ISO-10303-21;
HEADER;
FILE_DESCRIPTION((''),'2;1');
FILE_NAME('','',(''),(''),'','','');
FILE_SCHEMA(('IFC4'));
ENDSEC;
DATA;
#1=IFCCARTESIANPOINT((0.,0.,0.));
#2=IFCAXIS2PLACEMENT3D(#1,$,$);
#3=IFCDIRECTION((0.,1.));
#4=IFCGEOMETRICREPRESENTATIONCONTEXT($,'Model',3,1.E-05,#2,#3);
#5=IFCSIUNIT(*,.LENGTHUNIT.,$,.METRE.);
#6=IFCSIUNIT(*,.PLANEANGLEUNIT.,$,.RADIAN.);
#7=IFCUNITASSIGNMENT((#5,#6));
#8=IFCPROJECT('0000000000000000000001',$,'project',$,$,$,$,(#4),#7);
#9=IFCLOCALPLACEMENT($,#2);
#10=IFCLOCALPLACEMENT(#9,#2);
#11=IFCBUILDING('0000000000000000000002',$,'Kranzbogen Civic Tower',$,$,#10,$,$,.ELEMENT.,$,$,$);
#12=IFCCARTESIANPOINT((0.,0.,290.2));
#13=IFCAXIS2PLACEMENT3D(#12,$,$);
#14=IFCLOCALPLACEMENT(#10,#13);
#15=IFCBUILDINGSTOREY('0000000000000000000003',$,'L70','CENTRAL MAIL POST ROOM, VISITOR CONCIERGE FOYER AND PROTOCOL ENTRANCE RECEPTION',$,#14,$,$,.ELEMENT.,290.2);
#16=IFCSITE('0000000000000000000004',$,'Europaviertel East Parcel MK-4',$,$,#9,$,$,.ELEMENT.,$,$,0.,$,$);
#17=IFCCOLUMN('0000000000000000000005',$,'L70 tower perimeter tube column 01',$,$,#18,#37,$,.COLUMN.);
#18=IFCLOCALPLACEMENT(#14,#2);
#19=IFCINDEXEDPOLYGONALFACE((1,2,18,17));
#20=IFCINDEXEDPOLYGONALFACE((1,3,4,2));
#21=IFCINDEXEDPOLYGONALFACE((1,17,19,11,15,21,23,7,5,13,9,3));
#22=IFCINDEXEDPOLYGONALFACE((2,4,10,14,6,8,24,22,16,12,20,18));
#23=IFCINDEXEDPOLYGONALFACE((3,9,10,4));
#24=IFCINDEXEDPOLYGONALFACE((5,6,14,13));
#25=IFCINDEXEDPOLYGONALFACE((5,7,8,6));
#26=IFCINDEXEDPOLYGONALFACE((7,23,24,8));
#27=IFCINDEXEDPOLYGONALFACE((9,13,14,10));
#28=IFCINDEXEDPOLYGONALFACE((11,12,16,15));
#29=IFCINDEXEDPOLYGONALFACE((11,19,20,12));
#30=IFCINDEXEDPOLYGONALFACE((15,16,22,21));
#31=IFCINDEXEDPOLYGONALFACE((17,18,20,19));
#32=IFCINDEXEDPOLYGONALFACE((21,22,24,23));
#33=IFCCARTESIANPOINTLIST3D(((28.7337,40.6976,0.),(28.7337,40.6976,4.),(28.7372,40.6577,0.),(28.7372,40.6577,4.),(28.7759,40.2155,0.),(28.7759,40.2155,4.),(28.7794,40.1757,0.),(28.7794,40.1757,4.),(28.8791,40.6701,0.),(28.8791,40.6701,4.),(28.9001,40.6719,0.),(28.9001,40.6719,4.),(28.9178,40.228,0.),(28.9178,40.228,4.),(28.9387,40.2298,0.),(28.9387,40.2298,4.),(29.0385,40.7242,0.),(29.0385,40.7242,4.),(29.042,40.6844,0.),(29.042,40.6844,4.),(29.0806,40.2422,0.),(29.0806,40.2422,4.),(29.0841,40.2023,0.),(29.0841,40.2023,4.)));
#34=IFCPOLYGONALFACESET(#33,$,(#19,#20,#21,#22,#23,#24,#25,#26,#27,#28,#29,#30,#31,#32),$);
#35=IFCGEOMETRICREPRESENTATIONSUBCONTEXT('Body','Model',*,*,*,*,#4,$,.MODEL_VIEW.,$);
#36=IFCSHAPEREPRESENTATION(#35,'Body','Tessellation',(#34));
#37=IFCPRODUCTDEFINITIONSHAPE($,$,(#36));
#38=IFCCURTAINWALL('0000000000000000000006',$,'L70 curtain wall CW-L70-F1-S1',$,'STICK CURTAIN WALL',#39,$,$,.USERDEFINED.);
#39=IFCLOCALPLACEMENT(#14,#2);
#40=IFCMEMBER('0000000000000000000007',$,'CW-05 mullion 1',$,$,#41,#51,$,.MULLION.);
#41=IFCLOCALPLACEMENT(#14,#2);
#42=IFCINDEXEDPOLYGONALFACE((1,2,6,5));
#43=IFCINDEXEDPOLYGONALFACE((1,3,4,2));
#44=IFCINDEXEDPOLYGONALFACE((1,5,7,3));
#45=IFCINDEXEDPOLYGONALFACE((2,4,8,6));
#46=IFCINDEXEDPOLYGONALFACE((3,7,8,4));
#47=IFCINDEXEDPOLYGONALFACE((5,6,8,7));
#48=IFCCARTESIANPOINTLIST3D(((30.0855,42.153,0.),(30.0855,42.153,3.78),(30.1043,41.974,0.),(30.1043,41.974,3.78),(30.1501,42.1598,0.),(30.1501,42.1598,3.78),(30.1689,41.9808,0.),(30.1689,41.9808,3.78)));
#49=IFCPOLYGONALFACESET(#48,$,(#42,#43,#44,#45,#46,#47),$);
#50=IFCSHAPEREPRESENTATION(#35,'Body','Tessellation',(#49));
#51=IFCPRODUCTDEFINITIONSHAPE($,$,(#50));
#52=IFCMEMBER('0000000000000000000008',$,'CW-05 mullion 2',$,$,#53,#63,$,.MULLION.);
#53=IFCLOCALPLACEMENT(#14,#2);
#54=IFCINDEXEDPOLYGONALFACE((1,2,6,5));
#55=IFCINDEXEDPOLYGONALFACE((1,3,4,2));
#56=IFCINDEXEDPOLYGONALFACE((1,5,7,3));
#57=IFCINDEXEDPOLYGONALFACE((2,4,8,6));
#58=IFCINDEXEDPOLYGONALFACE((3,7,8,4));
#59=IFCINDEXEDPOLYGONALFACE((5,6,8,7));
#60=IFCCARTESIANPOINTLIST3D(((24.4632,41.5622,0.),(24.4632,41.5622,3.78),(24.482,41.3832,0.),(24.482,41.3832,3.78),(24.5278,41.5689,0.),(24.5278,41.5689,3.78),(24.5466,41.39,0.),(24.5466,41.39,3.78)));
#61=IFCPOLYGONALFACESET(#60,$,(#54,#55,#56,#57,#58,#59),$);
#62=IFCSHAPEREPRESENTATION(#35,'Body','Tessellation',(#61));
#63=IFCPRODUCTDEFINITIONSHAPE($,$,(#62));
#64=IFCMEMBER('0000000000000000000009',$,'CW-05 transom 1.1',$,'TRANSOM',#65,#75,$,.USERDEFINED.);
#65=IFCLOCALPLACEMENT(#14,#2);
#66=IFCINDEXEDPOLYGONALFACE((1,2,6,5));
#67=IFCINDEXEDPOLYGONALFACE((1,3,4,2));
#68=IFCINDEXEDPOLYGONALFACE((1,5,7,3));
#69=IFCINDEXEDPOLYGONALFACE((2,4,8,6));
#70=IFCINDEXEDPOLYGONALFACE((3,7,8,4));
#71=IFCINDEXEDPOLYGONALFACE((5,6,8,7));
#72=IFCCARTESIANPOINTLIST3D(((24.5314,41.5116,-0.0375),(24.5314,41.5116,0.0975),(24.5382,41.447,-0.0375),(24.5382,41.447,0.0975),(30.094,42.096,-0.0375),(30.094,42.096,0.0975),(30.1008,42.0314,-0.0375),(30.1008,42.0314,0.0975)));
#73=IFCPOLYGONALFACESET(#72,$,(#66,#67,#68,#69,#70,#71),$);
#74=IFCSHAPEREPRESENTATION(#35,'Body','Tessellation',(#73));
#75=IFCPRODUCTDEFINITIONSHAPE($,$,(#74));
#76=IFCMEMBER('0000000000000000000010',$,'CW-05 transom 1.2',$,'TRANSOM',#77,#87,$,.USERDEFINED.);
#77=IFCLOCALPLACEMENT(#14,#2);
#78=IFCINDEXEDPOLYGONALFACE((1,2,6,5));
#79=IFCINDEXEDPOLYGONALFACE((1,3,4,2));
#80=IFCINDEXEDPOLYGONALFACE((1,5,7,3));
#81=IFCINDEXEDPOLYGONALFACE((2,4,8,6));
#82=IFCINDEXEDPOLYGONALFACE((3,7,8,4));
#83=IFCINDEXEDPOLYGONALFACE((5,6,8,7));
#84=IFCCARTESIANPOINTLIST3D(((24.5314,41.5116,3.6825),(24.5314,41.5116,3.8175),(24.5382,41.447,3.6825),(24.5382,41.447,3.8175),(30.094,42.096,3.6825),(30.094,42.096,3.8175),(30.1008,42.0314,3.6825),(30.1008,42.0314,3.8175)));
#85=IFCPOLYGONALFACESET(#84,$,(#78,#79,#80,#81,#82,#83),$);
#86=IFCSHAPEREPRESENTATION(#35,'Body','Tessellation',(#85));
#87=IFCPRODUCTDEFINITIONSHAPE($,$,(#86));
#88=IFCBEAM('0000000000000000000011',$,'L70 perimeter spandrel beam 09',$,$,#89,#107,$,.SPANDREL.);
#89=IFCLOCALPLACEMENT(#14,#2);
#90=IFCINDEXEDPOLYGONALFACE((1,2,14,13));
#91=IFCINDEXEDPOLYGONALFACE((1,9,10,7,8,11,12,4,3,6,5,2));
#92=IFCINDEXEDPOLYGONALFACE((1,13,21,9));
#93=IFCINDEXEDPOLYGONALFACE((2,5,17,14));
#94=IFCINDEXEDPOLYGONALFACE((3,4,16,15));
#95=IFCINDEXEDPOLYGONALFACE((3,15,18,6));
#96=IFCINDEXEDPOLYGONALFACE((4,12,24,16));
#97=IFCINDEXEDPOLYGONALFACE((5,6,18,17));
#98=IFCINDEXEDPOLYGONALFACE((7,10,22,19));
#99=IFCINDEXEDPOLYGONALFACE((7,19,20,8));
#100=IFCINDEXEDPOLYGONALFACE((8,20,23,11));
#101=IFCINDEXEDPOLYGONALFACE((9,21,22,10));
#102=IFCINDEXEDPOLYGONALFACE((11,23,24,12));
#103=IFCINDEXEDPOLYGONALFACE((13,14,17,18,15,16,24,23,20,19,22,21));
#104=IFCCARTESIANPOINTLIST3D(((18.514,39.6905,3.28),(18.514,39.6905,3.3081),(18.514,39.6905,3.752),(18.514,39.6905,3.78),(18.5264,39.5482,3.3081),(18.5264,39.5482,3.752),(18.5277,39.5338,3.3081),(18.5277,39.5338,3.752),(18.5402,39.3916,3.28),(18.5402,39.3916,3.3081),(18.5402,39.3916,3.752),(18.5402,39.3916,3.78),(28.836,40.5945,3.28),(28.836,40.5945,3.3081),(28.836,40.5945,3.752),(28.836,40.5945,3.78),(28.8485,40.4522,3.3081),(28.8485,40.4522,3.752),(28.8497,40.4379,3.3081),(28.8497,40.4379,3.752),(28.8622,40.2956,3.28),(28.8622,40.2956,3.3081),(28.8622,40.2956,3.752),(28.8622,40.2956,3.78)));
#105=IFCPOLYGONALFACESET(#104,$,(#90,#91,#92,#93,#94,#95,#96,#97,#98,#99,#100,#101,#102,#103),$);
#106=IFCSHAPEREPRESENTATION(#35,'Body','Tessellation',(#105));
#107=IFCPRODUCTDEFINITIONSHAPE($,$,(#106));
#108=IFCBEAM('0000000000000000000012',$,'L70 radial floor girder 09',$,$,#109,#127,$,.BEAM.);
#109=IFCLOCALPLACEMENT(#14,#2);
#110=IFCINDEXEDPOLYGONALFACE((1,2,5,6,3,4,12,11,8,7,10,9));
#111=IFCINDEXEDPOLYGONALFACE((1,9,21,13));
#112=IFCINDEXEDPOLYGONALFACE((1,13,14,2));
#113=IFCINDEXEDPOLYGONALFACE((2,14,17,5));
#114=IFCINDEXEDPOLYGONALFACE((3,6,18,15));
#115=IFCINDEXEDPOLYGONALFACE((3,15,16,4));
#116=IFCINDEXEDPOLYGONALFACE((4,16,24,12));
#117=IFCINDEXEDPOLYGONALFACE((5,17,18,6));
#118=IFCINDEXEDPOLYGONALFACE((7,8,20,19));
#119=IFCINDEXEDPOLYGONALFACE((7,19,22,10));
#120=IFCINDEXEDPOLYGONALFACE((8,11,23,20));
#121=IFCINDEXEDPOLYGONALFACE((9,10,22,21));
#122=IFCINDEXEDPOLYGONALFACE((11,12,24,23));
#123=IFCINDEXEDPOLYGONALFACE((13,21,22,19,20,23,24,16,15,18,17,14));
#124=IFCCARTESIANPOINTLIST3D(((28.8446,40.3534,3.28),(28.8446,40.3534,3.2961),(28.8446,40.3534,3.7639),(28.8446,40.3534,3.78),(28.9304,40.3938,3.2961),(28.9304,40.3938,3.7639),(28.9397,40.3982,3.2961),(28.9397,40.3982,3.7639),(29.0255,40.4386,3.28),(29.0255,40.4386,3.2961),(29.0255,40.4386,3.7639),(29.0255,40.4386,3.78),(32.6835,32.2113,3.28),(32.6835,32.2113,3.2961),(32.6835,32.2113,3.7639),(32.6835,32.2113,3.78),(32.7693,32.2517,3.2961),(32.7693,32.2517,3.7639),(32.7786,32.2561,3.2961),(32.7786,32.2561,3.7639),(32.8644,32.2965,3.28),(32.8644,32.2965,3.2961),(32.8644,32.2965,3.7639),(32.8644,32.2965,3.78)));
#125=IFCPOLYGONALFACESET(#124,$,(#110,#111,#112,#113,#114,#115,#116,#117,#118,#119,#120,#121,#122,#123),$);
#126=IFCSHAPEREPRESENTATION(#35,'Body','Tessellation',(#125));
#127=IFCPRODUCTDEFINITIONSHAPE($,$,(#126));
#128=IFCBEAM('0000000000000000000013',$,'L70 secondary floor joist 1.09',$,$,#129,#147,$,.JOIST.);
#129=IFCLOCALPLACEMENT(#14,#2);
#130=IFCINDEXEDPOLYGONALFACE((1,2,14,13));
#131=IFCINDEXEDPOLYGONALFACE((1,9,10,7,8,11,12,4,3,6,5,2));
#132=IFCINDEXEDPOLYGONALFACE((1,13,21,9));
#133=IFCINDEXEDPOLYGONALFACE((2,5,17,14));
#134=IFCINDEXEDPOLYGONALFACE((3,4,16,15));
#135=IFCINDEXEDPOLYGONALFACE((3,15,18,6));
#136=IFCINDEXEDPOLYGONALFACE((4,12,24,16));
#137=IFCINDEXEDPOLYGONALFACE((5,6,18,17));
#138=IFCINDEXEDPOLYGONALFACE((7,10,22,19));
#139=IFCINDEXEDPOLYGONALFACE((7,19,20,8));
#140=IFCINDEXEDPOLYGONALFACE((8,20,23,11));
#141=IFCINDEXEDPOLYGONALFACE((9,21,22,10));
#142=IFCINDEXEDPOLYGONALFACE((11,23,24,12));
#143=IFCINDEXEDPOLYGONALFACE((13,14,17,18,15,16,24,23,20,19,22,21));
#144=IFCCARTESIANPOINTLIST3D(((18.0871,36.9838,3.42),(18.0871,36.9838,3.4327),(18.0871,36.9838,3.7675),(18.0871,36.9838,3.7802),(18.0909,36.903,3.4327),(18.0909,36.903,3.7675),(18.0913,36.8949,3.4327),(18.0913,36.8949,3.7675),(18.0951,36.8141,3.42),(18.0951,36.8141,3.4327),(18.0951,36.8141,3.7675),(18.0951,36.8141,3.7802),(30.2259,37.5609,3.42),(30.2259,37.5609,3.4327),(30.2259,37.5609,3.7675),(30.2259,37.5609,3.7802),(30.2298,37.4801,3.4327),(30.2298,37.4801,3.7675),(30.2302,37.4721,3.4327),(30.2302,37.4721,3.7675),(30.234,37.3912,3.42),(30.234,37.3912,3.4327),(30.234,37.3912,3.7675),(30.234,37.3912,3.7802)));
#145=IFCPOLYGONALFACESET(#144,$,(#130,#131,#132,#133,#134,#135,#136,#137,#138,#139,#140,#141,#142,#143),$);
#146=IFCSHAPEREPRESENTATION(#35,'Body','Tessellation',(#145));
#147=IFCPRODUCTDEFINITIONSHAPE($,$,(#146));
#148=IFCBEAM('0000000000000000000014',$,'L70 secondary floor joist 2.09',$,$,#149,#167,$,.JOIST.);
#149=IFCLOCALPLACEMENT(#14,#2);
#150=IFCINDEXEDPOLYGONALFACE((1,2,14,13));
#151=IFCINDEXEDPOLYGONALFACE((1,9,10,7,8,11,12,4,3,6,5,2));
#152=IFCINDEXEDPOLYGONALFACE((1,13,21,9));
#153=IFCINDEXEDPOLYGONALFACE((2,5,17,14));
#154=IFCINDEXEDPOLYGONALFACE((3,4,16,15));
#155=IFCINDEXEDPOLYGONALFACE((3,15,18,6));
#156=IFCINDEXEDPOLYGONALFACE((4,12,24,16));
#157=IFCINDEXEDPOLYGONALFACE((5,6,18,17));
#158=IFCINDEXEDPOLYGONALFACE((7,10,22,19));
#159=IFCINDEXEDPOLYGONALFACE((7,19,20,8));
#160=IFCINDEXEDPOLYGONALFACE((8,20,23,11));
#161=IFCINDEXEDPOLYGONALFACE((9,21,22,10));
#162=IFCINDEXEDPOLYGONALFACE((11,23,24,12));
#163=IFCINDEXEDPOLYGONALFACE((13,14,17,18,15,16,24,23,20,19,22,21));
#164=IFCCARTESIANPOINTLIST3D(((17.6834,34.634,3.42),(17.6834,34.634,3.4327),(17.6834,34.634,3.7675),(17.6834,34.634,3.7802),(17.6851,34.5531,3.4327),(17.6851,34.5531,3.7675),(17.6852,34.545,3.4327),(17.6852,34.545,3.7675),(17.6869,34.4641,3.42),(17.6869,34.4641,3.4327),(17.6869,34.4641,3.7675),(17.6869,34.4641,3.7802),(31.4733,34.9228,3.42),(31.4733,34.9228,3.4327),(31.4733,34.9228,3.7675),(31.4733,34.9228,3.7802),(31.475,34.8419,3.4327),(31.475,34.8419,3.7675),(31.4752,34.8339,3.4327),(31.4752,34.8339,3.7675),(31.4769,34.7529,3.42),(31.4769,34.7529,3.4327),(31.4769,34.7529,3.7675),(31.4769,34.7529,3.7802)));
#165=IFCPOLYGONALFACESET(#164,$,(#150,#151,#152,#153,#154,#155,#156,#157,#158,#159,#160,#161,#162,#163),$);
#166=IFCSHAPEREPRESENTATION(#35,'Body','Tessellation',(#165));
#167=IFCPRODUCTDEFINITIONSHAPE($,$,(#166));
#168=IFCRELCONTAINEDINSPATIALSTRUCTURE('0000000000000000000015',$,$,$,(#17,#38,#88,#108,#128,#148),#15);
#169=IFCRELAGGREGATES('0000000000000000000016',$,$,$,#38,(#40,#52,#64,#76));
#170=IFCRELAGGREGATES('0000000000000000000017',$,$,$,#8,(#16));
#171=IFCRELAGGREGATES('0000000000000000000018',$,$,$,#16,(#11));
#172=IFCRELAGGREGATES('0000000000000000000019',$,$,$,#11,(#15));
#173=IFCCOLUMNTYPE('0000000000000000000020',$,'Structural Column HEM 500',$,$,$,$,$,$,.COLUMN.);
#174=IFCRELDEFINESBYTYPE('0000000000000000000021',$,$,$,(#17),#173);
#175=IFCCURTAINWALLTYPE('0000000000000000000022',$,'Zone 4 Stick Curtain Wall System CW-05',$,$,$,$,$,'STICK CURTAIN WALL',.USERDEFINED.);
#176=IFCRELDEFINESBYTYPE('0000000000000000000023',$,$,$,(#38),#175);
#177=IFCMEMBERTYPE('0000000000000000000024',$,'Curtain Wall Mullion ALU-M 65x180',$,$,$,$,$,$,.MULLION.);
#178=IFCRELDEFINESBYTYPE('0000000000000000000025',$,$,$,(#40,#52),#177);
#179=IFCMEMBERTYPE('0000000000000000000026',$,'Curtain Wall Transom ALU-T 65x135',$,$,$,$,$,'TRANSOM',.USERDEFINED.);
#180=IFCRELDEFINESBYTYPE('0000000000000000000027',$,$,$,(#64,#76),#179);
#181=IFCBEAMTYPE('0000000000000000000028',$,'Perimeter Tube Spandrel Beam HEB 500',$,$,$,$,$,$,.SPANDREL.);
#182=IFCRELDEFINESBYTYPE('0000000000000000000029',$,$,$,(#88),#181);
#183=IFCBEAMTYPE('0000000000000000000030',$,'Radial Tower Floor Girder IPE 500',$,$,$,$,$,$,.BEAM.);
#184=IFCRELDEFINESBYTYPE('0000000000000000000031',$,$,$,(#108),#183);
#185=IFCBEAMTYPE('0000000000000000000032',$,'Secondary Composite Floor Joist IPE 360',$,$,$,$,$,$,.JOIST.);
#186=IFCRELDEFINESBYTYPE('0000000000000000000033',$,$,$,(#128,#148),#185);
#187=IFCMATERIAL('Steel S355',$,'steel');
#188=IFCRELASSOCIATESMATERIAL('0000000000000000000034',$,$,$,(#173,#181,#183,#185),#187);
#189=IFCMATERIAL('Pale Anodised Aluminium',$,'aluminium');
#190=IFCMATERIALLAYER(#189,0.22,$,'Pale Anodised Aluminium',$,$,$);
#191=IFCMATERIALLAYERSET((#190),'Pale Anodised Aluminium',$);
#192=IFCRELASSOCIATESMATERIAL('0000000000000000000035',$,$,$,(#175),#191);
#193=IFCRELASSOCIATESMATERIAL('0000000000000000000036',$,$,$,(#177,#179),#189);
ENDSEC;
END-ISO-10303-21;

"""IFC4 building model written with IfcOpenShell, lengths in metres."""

from ifc_helpers import new_model, si_unit, direction, frame, origin, origin_2d, place, context, subcontext, project, spatial, rectangle, i_section, extrude, material, layer, layer_set, material_profile, profile_set, type_object, element, aggregate, save


model = new_model("IFC4")

# Units and contexts
model_context = context("Model", 3, precision=1e-05, world=origin(), true_north=direction((0.0, 1.0)))
body_context = subcontext(model_context, "Body", "Model", "MODEL_VIEW")
ifc_project = project(units=[si_unit("LENGTHUNIT", "METRE"), si_unit("PLANEANGLEUNIT", "RADIAN")], contexts=[model_context])

# Site, building, storey
site_placement = place(None, origin())
site = spatial("IfcSite", under=ifc_project, at=site_placement, Name="Europaviertel East Parcel MK-4", CompositionType="ELEMENT", RefElevation=0.0)
building_placement = place(site_placement, origin())
building = spatial("IfcBuilding", under=site, at=building_placement, Name="Kranzbogen Civic Tower", CompositionType="ELEMENT")
storey_placement = place(building_placement, frame((0.0, 0.0, 290.2)))
storey = spatial("IfcBuildingStorey", under=building, at=storey_placement, Name="L70", Description="CENTRAL MAIL POST ROOM, VISITOR CONCIERGE FOYER AND PROTOCOL ENTRANCE RECEPTION", CompositionType="ELEMENT", Elevation=290.2)

# Column
ifc_material_1 = material(Name="Steel S355", Category="steel")
ifc_material_profile_1 = material_profile(ifc_material_1, i_section(OverallWidth=0.3059, OverallDepth=0.5239, WebThickness=0.021, FlangeThickness=0.04, at=origin_2d()), Name="HEM 500")
ifc_profile_set_1 = profile_set([ifc_material_profile_1], Name="Steel S355")
column_type = type_object("IfcColumnType", Name="Structural Column HEM 500", PredefinedType="COLUMN", material=ifc_profile_set_1)
column_placement = place(storey_placement, frame((28.9089, 40.45, 0.0), z_axis=(0.0, 0.0, 1.0), x_axis=(0.996195, 0.087156, 0.0)))
element("IfcColumn", 1, at=column_placement, inside=storey, type_object=column_type, Name="L70 tower perimeter tube column 01", PredefinedType="COLUMN", context=body_context, shape_type="SweptSolid", body=[
    extrude(i_section(OverallWidth=0.3059, OverallDepth=0.5239, WebThickness=0.021, FlangeThickness=0.04, at=origin_2d()), origin(), (0.0, 0.0, 1.0), 4.0),
])

# Curtain wall, members
ifc_material_2 = material(Name="Pale Anodised Aluminium", Category="aluminium")
ifc_layer_1 = layer(ifc_material_2, 0.22, Name="Pale Anodised Aluminium")
ifc_layer_set_1 = layer_set([ifc_layer_1], Name="Pale Anodised Aluminium")
curtain_wall_type = type_object("IfcCurtainWallType", Name="Zone 4 Stick Curtain Wall System CW-05", ElementType="STICK CURTAIN WALL", PredefinedType="USERDEFINED", material=ifc_layer_set_1)
curtain_wall_placement = place(storey_placement, origin())
curtain_wall = element("IfcCurtainWall", 2, at=curtain_wall_placement, inside=storey, type_object=curtain_wall_type, Name="L70 curtain wall CW-L70-F1-S1", ObjectType="STICK CURTAIN WALL", PredefinedType="USERDEFINED")
ifc_material_profile_2 = material_profile(ifc_material_2, rectangle(XDim=0.0649, YDim=0.1799, at=origin_2d()), Name="ALU-M 65x180")
ifc_profile_set_2 = profile_set([ifc_material_profile_2], Name="Pale Anodised Aluminium")
member_type_1 = type_object("IfcMemberType", Name="Curtain Wall Mullion ALU-M 65x180", PredefinedType="MULLION", material=ifc_profile_set_2)
member_1_placement = place(storey_placement, frame((30.1272, 42.0669, 0.0), z_axis=(0.0, 0.0, 1.0), x_axis=(-0.994526, -0.104493, 0.0)))
member_1 = element("IfcMember", 3, at=member_1_placement, type_object=member_type_1, Name="CW-05 mullion 1", PredefinedType="MULLION", context=body_context, shape_type="SweptSolid", body=[
    extrude(rectangle(XDim=0.0649, YDim=0.1799, at=origin_2d()), origin(), (0.0, 0.0, 1.0), 3.78),
])
member_2_placement = place(storey_placement, frame((24.5049, 41.4761, 0.0), z_axis=(0.0, 0.0, 1.0), x_axis=(-0.994526, -0.104493, 0.0)))
member_2 = element("IfcMember", 4, at=member_2_placement, type_object=member_type_1, Name="CW-05 mullion 2", PredefinedType="MULLION", context=body_context, shape_type="SweptSolid", body=[
    extrude(rectangle(XDim=0.0649, YDim=0.1799, at=origin_2d()), origin(), (0.0, 0.0, 1.0), 3.78),
])
ifc_material_profile_3 = material_profile(ifc_material_2, rectangle(XDim=0.0649, YDim=0.135, at=origin_2d()), Name="ALU-T 65x135")
ifc_profile_set_3 = profile_set([ifc_material_profile_3], Name="Pale Anodised Aluminium")
member_type_2 = type_object("IfcMemberType", Name="Curtain Wall Transom ALU-T 65x135", ElementType="TRANSOM", PredefinedType="USERDEFINED", material=ifc_profile_set_3)
member_3_placement = place(storey_placement, frame((30.0974, 42.0637, 0.03), z_axis=(-0.994526, -0.104494, 0.0), x_axis=(0.104494, -0.994526, 0.0)))
member_3 = element("IfcMember", 5, at=member_3_placement, type_object=member_type_2, Name="CW-05 transom 1.1", ObjectType="TRANSOM", PredefinedType="USERDEFINED", context=body_context, shape_type="SweptSolid", body=[
    extrude(rectangle(XDim=0.0649, YDim=0.135, at=origin_2d()), origin(), (0.0, 0.0, 1.0), 5.5933),
])
member_4_placement = place(storey_placement, frame((30.0974, 42.0637, 3.75), z_axis=(-0.994526, -0.104494, 0.0), x_axis=(0.104494, -0.994526, 0.0)))
member_4 = element("IfcMember", 6, at=member_4_placement, type_object=member_type_2, Name="CW-05 transom 1.2", ObjectType="TRANSOM", PredefinedType="USERDEFINED", context=body_context, shape_type="SweptSolid", body=[
    extrude(rectangle(XDim=0.0649, YDim=0.135, at=origin_2d()), origin(), (0.0, 0.0, 1.0), 5.5933),
])

# Beams
ifc_material_profile_4 = material_profile(ifc_material_1, i_section(OverallWidth=0.3, OverallDepth=0.5, WebThickness=0.0144, FlangeThickness=0.0281, at=origin_2d()), Name="HEB 500")
ifc_profile_set_4 = profile_set([ifc_material_profile_4], Name="Steel S355")
beam_type_1 = type_object("IfcBeamType", Name="Perimeter Tube Spandrel Beam HEB 500", PredefinedType="SPANDREL", material=ifc_profile_set_4)
beam_1_placement = place(storey_placement, frame((28.8491, 40.4451, 3.53), z_axis=(-0.996186, -0.087251, 0.0), x_axis=(0.087251, -0.996186, 0.0)))
element("IfcBeam", 7, at=beam_1_placement, inside=storey, type_object=beam_type_1, Name="L70 perimeter spandrel beam 09", PredefinedType="SPANDREL", context=body_context, shape_type="SweptSolid", body=[
    extrude(i_section(OverallWidth=0.3, OverallDepth=0.5, WebThickness=0.0144, FlangeThickness=0.0281, at=origin_2d()), origin(), (0.0, 0.0, 1.0), 10.3616),
])
ifc_material_profile_5 = material_profile(ifc_material_1, i_section(OverallWidth=0.2, OverallDepth=0.5, WebThickness=0.0103, FlangeThickness=0.0161, at=origin_2d()), Name="IPE 500")
ifc_profile_set_5 = profile_set([ifc_material_profile_5], Name="Steel S355")
beam_type_2 = type_object("IfcBeamType", Name="Radial Tower Floor Girder IPE 500", PredefinedType="BEAM", material=ifc_profile_set_5)
beam_2_placement = place(storey_placement, frame((28.9351, 40.396, 3.53), z_axis=(0.42646, -0.904506, 0.0), x_axis=(0.904506, 0.42646, 0.0)))
element("IfcBeam", 8, at=beam_2_placement, inside=storey, type_object=beam_type_2, Name="L70 radial floor girder 09", PredefinedType="BEAM", context=body_context, shape_type="SweptSolid", body=[
    extrude(i_section(OverallWidth=0.2, OverallDepth=0.5, WebThickness=0.0103, FlangeThickness=0.0161, at=origin_2d()), origin(), (0.0, 0.0, 1.0), 9.0017),
])
ifc_material_profile_6 = material_profile(ifc_material_1, i_section(OverallWidth=0.1699, OverallDepth=0.3601, WebThickness=0.0081, FlangeThickness=0.0127, at=origin_2d()), Name="IPE 360")
ifc_profile_set_6 = profile_set([ifc_material_profile_6], Name="Steel S355")
beam_type_3 = type_object("IfcBeamType", Name="Secondary Composite Floor Joist IPE 360", PredefinedType="JOIST", material=ifc_profile_set_6)
beam_3_placement = place(storey_placement, frame((30.23, 37.4761, 3.6001), z_axis=(-0.998872, -0.047492, 0.0), x_axis=(0.047492, -0.998872, 0.0)))
element("IfcBeam", 9, at=beam_3_placement, inside=storey, type_object=beam_type_3, Name="L70 secondary floor joist 1.09", PredefinedType="JOIST", context=body_context, shape_type="SweptSolid", body=[
    extrude(i_section(OverallWidth=0.1699, OverallDepth=0.3601, WebThickness=0.0081, FlangeThickness=0.0127, at=origin_2d()), origin(), (0.0, 0.0, 1.0), 12.1526),
])
beam_4_placement = place(storey_placement, frame((31.4751, 34.8379, 3.6001), z_axis=(-0.999781, -0.020939, 0.0), x_axis=(0.020939, -0.999781, 0.0)))
element("IfcBeam", 10, at=beam_4_placement, inside=storey, type_object=beam_type_3, Name="L70 secondary floor joist 2.09", PredefinedType="JOIST", context=body_context, shape_type="SweptSolid", body=[
    extrude(i_section(OverallWidth=0.1699, OverallDepth=0.3601, WebThickness=0.0081, FlangeThickness=0.0127, at=origin_2d()), origin(), (0.0, 0.0, 1.0), 13.793),
])

aggregate(curtain_wall, [member_1, member_2, member_3, member_4])

save(model, "model.ifc")
